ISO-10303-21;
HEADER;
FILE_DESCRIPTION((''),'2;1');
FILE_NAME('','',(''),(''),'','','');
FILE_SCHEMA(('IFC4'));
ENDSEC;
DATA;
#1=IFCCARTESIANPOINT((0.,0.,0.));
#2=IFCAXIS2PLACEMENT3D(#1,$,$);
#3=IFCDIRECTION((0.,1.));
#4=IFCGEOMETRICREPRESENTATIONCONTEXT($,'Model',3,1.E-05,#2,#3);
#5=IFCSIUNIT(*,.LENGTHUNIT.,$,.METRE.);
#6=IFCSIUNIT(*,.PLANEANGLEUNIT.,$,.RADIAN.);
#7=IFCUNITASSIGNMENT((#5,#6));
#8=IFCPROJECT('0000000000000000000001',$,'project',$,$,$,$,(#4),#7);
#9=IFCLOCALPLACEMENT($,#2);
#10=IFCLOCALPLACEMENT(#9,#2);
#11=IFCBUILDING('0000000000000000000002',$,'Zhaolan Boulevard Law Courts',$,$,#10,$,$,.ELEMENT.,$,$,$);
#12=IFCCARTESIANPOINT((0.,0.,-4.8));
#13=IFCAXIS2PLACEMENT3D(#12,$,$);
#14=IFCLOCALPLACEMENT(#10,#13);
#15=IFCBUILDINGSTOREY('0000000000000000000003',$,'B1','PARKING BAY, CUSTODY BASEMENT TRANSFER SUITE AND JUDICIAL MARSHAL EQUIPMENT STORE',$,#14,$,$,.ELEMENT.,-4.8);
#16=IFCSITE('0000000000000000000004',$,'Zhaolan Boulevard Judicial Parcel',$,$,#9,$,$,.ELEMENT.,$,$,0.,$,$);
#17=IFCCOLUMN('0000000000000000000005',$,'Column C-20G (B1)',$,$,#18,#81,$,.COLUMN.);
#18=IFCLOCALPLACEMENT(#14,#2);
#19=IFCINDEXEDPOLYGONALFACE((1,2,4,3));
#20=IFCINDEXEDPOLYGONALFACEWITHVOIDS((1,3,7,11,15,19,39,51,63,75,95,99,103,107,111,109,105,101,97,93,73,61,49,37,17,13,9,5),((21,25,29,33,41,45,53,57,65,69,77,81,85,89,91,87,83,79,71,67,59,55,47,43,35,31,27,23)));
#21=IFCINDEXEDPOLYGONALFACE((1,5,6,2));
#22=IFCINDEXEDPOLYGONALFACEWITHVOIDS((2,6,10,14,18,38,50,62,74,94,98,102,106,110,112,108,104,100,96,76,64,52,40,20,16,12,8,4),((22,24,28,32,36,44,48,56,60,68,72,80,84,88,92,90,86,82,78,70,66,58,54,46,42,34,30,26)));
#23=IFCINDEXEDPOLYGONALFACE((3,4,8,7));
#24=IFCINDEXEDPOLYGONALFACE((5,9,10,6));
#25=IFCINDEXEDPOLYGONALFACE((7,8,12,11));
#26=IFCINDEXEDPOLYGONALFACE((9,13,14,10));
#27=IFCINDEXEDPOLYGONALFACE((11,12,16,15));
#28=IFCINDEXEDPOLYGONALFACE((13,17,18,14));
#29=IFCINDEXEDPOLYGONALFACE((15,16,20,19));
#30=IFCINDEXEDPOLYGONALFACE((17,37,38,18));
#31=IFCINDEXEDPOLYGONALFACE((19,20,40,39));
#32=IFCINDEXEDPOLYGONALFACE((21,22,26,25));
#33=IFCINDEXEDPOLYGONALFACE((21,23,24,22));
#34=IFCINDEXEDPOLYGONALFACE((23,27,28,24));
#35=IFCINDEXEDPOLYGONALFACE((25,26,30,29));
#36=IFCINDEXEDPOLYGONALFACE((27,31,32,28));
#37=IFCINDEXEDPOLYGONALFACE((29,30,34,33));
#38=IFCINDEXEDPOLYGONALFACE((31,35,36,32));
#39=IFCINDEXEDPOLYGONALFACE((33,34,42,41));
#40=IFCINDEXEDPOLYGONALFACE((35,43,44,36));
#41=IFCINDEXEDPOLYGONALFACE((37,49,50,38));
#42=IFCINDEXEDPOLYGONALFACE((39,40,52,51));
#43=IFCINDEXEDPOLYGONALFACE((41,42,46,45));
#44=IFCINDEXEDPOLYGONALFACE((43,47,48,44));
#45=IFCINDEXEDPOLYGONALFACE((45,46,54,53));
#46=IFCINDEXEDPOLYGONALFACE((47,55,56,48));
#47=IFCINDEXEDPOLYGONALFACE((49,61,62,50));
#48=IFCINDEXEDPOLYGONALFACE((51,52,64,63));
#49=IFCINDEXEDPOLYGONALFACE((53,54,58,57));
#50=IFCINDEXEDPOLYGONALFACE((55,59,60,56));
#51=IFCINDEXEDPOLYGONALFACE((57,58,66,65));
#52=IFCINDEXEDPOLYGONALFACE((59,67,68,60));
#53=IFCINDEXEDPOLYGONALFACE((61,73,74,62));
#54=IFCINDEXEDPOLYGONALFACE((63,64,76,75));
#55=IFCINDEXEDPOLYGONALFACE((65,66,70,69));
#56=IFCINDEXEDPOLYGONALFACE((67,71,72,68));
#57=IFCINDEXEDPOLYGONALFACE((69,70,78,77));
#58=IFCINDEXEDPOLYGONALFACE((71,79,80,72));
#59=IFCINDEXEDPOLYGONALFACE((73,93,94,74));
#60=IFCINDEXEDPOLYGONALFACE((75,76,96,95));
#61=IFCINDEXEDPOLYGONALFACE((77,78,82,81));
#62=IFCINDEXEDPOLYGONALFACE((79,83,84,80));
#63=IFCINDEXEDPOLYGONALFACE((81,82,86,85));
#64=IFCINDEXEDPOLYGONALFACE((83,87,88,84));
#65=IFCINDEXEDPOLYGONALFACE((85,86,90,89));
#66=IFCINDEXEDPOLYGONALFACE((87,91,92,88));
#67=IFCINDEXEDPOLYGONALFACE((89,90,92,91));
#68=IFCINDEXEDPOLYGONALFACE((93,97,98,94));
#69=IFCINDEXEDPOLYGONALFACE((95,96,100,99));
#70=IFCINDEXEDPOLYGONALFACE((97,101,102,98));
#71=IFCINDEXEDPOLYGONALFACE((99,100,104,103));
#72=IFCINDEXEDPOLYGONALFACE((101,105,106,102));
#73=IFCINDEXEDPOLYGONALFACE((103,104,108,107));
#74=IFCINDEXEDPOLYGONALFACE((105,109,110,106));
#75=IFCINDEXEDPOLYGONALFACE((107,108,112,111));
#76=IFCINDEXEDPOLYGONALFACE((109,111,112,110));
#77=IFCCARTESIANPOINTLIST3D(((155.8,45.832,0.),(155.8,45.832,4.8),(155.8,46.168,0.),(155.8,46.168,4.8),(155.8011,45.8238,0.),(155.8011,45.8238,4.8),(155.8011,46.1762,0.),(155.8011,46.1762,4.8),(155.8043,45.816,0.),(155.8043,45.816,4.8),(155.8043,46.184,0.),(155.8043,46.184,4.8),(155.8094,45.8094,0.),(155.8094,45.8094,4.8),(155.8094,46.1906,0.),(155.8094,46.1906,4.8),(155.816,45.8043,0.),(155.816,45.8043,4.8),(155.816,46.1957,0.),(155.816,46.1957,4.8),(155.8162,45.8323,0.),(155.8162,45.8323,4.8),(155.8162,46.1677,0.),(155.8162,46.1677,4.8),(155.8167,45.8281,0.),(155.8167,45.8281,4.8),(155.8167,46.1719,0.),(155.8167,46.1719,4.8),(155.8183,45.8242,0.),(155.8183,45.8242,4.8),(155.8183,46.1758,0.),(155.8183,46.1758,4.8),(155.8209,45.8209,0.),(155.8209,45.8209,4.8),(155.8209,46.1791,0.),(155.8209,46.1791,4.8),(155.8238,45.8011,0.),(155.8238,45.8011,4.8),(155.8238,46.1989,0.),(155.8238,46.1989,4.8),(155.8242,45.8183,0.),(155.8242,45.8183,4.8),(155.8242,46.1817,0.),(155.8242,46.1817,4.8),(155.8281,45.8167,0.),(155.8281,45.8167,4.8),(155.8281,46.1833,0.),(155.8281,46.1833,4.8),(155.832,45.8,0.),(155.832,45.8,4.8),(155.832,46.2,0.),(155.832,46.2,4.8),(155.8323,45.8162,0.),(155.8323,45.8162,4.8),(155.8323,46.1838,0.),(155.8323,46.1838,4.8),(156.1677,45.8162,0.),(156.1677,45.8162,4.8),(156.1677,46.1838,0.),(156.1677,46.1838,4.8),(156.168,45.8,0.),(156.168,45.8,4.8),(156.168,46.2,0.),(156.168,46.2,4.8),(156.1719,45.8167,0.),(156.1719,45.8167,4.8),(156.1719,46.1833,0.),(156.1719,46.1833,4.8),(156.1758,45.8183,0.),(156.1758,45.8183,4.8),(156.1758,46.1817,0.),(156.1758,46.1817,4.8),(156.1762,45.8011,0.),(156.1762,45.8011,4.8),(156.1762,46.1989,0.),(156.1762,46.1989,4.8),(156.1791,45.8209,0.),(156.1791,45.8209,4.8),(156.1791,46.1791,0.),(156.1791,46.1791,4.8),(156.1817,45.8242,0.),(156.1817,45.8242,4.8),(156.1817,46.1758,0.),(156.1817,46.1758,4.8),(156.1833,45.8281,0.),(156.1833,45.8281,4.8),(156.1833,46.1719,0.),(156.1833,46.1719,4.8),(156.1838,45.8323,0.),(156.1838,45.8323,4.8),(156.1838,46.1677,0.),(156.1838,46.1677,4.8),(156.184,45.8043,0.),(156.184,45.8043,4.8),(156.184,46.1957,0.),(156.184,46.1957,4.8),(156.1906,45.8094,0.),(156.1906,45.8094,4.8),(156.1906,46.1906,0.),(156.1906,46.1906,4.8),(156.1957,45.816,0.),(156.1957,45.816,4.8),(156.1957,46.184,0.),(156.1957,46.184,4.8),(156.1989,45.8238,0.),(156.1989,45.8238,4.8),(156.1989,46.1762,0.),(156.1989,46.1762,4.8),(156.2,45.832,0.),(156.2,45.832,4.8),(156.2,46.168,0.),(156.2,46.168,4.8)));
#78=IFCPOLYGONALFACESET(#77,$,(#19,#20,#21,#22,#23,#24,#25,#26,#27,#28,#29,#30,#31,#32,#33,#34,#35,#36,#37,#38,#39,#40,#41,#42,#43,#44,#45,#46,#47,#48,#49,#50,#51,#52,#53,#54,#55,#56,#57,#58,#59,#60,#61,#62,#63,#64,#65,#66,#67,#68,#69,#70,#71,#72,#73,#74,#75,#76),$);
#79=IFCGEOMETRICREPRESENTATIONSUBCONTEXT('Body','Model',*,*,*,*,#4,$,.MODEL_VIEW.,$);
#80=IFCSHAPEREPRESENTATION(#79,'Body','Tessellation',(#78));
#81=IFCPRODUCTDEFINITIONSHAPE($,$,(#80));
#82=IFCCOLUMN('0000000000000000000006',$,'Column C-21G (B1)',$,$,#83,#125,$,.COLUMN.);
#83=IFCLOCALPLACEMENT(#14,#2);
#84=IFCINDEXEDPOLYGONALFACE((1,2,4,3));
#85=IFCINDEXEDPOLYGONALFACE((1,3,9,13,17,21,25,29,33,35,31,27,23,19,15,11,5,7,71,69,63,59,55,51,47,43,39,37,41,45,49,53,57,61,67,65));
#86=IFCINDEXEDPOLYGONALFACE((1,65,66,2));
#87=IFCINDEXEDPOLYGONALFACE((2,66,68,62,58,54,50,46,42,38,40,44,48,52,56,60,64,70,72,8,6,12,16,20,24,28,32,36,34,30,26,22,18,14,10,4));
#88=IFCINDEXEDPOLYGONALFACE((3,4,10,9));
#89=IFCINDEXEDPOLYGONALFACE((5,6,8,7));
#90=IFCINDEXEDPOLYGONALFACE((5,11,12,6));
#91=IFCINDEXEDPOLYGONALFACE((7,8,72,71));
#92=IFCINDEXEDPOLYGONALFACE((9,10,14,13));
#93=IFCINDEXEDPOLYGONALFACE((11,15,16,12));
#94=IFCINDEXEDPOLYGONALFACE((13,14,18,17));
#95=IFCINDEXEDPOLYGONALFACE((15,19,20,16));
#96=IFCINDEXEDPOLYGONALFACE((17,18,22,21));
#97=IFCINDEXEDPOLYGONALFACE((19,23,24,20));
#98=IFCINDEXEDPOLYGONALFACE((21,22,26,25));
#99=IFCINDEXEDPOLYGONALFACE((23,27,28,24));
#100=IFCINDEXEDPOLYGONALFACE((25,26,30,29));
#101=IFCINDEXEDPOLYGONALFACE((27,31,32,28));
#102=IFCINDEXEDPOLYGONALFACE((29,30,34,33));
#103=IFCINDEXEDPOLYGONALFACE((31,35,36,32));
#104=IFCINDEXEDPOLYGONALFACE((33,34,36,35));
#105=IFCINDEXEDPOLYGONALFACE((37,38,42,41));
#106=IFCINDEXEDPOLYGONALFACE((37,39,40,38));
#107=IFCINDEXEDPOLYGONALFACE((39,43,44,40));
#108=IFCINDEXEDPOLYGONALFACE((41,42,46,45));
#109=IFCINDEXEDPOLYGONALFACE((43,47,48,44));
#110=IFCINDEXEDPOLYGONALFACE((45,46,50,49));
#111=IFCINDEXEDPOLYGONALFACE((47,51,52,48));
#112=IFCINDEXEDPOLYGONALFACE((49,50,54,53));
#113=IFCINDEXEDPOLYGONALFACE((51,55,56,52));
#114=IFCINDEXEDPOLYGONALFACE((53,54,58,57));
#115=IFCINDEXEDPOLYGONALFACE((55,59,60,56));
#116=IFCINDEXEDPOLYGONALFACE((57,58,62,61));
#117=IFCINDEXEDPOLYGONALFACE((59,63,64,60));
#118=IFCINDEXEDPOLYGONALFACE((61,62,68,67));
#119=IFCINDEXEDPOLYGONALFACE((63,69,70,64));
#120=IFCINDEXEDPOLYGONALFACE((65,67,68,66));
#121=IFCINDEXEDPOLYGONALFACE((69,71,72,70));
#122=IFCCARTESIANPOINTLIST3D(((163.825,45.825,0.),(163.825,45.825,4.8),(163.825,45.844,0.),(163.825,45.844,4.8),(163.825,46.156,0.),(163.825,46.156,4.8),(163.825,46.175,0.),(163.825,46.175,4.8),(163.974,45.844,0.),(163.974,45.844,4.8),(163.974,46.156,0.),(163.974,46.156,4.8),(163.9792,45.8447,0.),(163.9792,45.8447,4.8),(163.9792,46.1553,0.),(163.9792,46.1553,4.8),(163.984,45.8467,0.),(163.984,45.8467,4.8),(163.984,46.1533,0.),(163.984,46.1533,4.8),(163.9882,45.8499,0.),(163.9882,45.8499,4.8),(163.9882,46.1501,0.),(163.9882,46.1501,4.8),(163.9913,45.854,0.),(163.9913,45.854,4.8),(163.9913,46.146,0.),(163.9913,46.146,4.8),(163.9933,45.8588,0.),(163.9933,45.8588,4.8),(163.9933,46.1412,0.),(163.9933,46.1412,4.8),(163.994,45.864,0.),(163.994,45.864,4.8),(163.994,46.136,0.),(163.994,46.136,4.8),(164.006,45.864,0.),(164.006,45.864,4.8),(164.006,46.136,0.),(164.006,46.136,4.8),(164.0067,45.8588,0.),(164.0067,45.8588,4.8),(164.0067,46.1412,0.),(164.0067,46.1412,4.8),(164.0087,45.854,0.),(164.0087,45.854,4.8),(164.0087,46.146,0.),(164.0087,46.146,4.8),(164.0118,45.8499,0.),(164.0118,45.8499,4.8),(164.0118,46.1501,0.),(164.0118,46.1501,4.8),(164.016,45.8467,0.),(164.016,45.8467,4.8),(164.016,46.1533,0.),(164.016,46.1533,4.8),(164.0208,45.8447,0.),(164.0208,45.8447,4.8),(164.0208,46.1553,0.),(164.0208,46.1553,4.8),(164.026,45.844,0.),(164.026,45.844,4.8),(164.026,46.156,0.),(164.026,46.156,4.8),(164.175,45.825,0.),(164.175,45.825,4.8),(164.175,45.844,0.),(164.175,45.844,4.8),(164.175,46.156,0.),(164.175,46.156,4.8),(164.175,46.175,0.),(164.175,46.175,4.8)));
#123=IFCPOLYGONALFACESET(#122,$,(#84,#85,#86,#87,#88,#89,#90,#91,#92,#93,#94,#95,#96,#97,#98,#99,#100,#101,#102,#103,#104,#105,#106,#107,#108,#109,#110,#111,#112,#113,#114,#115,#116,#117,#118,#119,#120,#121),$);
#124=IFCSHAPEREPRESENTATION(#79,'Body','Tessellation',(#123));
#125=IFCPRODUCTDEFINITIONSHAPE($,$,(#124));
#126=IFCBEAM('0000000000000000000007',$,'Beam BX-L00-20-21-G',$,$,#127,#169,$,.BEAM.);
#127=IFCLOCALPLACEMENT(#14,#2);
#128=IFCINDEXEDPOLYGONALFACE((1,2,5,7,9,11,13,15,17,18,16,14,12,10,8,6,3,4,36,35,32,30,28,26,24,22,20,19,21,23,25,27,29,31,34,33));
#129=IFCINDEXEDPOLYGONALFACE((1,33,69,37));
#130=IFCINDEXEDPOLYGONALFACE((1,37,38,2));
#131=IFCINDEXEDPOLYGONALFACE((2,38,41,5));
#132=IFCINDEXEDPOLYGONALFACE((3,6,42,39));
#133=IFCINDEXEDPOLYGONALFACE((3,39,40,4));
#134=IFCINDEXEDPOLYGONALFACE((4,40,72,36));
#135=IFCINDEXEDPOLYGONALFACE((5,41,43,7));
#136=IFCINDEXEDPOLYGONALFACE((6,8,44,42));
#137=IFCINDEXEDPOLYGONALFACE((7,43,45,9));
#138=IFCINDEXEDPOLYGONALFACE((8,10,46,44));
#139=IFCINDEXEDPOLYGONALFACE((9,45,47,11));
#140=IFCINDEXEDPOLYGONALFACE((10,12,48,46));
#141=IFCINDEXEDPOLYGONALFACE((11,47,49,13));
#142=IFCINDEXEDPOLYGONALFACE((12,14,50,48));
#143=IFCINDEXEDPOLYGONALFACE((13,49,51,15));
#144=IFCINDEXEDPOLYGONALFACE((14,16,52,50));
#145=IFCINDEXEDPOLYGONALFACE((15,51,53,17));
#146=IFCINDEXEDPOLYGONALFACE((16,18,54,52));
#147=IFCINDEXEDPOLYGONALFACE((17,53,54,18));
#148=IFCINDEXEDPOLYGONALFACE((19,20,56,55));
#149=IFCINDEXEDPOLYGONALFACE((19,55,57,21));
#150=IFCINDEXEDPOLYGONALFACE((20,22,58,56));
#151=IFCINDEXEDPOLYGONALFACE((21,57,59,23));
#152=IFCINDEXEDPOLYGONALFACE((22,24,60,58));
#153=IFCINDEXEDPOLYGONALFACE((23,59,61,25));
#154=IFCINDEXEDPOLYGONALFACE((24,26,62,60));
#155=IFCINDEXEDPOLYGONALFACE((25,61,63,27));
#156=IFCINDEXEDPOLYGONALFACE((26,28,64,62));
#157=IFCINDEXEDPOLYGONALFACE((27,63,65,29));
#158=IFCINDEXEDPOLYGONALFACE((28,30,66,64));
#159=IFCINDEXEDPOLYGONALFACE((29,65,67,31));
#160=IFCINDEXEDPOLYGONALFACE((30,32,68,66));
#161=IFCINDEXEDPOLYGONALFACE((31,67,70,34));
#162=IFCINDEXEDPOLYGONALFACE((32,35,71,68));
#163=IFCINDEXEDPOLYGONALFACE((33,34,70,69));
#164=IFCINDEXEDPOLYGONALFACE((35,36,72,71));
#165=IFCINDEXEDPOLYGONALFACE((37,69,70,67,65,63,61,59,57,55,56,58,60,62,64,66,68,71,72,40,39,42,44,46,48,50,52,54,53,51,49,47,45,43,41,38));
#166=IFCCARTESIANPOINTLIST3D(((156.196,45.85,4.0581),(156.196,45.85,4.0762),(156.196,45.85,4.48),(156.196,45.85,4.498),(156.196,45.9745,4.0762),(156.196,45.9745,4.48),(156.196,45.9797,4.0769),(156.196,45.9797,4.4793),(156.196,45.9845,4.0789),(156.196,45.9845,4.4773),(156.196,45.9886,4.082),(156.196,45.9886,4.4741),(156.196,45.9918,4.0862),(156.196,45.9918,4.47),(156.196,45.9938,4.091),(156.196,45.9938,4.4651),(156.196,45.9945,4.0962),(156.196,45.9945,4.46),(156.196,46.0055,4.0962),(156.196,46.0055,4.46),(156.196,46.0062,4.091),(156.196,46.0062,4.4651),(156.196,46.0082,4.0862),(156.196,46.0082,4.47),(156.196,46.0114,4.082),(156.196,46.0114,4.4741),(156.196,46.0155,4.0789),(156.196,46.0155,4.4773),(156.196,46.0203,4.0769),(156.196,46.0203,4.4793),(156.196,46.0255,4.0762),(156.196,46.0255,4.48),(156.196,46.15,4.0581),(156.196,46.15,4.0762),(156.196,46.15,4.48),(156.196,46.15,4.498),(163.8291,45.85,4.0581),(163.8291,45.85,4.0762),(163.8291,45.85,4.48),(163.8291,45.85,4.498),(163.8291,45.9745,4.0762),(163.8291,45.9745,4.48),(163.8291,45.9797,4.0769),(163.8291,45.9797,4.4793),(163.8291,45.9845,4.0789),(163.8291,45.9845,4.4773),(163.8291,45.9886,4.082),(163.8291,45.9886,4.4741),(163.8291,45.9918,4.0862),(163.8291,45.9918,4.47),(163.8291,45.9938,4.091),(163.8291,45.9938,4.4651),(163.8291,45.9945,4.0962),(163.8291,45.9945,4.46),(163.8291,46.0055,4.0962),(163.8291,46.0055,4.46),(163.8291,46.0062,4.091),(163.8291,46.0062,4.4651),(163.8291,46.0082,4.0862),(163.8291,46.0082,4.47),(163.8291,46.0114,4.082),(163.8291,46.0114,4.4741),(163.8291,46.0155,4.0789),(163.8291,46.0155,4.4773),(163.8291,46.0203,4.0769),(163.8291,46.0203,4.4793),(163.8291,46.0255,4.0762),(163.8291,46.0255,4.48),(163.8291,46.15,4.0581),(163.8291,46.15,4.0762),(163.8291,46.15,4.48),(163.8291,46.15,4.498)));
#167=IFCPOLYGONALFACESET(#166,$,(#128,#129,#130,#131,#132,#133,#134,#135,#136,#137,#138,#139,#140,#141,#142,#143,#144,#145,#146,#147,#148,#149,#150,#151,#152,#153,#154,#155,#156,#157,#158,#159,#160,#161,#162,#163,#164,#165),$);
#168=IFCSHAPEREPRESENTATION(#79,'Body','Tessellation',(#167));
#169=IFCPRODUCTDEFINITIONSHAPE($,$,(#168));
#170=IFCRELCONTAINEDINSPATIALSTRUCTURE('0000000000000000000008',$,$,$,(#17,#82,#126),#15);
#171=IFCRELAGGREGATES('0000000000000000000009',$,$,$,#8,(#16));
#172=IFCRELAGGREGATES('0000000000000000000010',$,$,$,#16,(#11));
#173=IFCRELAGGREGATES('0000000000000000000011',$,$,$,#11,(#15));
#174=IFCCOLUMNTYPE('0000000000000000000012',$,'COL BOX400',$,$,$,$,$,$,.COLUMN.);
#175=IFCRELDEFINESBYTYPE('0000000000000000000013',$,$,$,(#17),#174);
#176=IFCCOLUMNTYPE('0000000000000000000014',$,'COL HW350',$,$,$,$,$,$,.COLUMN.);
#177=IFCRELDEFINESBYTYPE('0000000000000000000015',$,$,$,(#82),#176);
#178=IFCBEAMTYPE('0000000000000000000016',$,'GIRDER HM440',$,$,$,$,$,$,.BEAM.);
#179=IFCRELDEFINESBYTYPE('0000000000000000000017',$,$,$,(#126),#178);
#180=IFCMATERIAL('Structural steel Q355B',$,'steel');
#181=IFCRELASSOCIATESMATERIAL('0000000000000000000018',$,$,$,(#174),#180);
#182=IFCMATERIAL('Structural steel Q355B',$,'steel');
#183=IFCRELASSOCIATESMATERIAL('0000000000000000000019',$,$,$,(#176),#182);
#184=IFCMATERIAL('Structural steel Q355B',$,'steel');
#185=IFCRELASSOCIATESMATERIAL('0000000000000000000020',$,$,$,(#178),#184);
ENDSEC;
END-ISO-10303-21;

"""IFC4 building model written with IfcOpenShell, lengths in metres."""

from ifc_helpers import new_model, si_unit, direction, frame, origin, origin_2d, place, context, subcontext, project, spatial, hollow_rectangle, i_section, extrude, material, material_profile, profile_set, type_object, element, save


model = new_model("IFC4")

# Units and contexts
model_context = context("Model", 3, precision=1e-05, world=origin(), true_north=direction((0.0, 1.0)))
body_context = subcontext(model_context, "Body", "Model", "MODEL_VIEW")
ifc_project = project(units=[si_unit("LENGTHUNIT", "METRE"), si_unit("PLANEANGLEUNIT", "RADIAN")], contexts=[model_context])

# Site, building, storey
site_placement = place(None, origin())
site = spatial("IfcSite", under=ifc_project, at=site_placement, Name="Zhaolan Boulevard Judicial Parcel", CompositionType="ELEMENT", RefElevation=0.0)
building_placement = place(site_placement, origin())
building = spatial("IfcBuilding", under=site, at=building_placement, Name="Zhaolan Boulevard Law Courts", CompositionType="ELEMENT")
storey_placement = place(building_placement, frame((0.0, 0.0, -4.8)))
storey = spatial("IfcBuildingStorey", under=building, at=storey_placement, Name="B1", Description="PARKING BAY, CUSTODY BASEMENT TRANSFER SUITE AND JUDICIAL MARSHAL EQUIPMENT STORE", CompositionType="ELEMENT", Elevation=-4.8)

# Columns
ifc_material_1 = material(Name="Structural steel Q355B", Category="steel")
ifc_material_profile_1 = material_profile(ifc_material_1, hollow_rectangle(XDim=0.3999, YDim=0.3999, WallThickness=0.0161, InnerFilletRadius=0.0161, OuterFilletRadius=0.032, at=origin_2d()), Name="BOX400x400x16")
ifc_profile_set_1 = profile_set([ifc_material_profile_1], Name="Structural steel Q355B")
column_type_1 = type_object("IfcColumnType", Name="COL BOX400", PredefinedType="COLUMN", material=ifc_profile_set_1)
column_1_placement = place(storey_placement, frame((156.0, 46.0, 0.0), z_axis=(0.0, 0.0, 1.0), x_axis=(1.0, 0.0, 0.0)))
element("IfcColumn", 1, at=column_1_placement, inside=storey, type_object=column_type_1, Name="Column C-20G (B1)", PredefinedType="COLUMN", context=body_context, shape_type="SweptSolid", body=[
    extrude(hollow_rectangle(XDim=0.3999, YDim=0.3999, WallThickness=0.0161, InnerFilletRadius=0.0161, OuterFilletRadius=0.032, at=origin_2d()), origin(), (0.0, 0.0, 1.0), 4.8),
])
ifc_material_2 = material(Name="Structural steel Q355B", Category="steel")
ifc_material_profile_2 = material_profile(ifc_material_2, i_section(OverallWidth=0.3501, OverallDepth=0.3501, WebThickness=0.012, FlangeThickness=0.019, FilletRadius=0.02, at=origin_2d()), Name="HW350x350")
ifc_profile_set_2 = profile_set([ifc_material_profile_2], Name="Structural steel Q355B")
column_type_2 = type_object("IfcColumnType", Name="COL HW350", PredefinedType="COLUMN", material=ifc_profile_set_2)
column_2_placement = place(storey_placement, frame((164.0, 46.0, 0.0), z_axis=(0.0, 0.0, 1.0), x_axis=(1.0, 0.0, 0.0)))
element("IfcColumn", 2, at=column_2_placement, inside=storey, type_object=column_type_2, Name="Column C-21G (B1)", PredefinedType="COLUMN", context=body_context, shape_type="SweptSolid", body=[
    extrude(i_section(OverallWidth=0.3501, OverallDepth=0.3501, WebThickness=0.012, FlangeThickness=0.019, FilletRadius=0.02, at=origin_2d()), origin(), (0.0, 0.0, 1.0), 4.8),
])

# Beam
ifc_material_3 = material(Name="Structural steel Q355B", Category="steel")
ifc_material_profile_3 = material_profile(ifc_material_3, i_section(OverallWidth=0.3, OverallDepth=0.4399, WebThickness=0.011, FlangeThickness=0.0181, FilletRadius=0.02, at=origin_2d()), Name="HM440x300")
ifc_profile_set_3 = profile_set([ifc_material_profile_3], Name="Structural steel Q355B")
beam_type_1 = type_object("IfcBeamType", Name="GIRDER HM440", PredefinedType="BEAM", material=ifc_profile_set_3)
beam_1_placement = place(storey_placement, frame((156.196, 46.0, 4.2781), z_axis=(1.0, 0.0, 0.0), x_axis=(0.0, 1.0, 0.0)))
element("IfcBeam", 3, at=beam_1_placement, inside=storey, type_object=beam_type_1, Name="Beam BX-L00-20-21-G", PredefinedType="BEAM", context=body_context, shape_type="SweptSolid", body=[
    extrude(i_section(OverallWidth=0.3, OverallDepth=0.4399, WebThickness=0.011, FlangeThickness=0.0181, FilletRadius=0.02, at=origin_2d()), origin(), (0.0, 0.0, 1.0), 7.6331),
])

save(model, "model.ifc")
